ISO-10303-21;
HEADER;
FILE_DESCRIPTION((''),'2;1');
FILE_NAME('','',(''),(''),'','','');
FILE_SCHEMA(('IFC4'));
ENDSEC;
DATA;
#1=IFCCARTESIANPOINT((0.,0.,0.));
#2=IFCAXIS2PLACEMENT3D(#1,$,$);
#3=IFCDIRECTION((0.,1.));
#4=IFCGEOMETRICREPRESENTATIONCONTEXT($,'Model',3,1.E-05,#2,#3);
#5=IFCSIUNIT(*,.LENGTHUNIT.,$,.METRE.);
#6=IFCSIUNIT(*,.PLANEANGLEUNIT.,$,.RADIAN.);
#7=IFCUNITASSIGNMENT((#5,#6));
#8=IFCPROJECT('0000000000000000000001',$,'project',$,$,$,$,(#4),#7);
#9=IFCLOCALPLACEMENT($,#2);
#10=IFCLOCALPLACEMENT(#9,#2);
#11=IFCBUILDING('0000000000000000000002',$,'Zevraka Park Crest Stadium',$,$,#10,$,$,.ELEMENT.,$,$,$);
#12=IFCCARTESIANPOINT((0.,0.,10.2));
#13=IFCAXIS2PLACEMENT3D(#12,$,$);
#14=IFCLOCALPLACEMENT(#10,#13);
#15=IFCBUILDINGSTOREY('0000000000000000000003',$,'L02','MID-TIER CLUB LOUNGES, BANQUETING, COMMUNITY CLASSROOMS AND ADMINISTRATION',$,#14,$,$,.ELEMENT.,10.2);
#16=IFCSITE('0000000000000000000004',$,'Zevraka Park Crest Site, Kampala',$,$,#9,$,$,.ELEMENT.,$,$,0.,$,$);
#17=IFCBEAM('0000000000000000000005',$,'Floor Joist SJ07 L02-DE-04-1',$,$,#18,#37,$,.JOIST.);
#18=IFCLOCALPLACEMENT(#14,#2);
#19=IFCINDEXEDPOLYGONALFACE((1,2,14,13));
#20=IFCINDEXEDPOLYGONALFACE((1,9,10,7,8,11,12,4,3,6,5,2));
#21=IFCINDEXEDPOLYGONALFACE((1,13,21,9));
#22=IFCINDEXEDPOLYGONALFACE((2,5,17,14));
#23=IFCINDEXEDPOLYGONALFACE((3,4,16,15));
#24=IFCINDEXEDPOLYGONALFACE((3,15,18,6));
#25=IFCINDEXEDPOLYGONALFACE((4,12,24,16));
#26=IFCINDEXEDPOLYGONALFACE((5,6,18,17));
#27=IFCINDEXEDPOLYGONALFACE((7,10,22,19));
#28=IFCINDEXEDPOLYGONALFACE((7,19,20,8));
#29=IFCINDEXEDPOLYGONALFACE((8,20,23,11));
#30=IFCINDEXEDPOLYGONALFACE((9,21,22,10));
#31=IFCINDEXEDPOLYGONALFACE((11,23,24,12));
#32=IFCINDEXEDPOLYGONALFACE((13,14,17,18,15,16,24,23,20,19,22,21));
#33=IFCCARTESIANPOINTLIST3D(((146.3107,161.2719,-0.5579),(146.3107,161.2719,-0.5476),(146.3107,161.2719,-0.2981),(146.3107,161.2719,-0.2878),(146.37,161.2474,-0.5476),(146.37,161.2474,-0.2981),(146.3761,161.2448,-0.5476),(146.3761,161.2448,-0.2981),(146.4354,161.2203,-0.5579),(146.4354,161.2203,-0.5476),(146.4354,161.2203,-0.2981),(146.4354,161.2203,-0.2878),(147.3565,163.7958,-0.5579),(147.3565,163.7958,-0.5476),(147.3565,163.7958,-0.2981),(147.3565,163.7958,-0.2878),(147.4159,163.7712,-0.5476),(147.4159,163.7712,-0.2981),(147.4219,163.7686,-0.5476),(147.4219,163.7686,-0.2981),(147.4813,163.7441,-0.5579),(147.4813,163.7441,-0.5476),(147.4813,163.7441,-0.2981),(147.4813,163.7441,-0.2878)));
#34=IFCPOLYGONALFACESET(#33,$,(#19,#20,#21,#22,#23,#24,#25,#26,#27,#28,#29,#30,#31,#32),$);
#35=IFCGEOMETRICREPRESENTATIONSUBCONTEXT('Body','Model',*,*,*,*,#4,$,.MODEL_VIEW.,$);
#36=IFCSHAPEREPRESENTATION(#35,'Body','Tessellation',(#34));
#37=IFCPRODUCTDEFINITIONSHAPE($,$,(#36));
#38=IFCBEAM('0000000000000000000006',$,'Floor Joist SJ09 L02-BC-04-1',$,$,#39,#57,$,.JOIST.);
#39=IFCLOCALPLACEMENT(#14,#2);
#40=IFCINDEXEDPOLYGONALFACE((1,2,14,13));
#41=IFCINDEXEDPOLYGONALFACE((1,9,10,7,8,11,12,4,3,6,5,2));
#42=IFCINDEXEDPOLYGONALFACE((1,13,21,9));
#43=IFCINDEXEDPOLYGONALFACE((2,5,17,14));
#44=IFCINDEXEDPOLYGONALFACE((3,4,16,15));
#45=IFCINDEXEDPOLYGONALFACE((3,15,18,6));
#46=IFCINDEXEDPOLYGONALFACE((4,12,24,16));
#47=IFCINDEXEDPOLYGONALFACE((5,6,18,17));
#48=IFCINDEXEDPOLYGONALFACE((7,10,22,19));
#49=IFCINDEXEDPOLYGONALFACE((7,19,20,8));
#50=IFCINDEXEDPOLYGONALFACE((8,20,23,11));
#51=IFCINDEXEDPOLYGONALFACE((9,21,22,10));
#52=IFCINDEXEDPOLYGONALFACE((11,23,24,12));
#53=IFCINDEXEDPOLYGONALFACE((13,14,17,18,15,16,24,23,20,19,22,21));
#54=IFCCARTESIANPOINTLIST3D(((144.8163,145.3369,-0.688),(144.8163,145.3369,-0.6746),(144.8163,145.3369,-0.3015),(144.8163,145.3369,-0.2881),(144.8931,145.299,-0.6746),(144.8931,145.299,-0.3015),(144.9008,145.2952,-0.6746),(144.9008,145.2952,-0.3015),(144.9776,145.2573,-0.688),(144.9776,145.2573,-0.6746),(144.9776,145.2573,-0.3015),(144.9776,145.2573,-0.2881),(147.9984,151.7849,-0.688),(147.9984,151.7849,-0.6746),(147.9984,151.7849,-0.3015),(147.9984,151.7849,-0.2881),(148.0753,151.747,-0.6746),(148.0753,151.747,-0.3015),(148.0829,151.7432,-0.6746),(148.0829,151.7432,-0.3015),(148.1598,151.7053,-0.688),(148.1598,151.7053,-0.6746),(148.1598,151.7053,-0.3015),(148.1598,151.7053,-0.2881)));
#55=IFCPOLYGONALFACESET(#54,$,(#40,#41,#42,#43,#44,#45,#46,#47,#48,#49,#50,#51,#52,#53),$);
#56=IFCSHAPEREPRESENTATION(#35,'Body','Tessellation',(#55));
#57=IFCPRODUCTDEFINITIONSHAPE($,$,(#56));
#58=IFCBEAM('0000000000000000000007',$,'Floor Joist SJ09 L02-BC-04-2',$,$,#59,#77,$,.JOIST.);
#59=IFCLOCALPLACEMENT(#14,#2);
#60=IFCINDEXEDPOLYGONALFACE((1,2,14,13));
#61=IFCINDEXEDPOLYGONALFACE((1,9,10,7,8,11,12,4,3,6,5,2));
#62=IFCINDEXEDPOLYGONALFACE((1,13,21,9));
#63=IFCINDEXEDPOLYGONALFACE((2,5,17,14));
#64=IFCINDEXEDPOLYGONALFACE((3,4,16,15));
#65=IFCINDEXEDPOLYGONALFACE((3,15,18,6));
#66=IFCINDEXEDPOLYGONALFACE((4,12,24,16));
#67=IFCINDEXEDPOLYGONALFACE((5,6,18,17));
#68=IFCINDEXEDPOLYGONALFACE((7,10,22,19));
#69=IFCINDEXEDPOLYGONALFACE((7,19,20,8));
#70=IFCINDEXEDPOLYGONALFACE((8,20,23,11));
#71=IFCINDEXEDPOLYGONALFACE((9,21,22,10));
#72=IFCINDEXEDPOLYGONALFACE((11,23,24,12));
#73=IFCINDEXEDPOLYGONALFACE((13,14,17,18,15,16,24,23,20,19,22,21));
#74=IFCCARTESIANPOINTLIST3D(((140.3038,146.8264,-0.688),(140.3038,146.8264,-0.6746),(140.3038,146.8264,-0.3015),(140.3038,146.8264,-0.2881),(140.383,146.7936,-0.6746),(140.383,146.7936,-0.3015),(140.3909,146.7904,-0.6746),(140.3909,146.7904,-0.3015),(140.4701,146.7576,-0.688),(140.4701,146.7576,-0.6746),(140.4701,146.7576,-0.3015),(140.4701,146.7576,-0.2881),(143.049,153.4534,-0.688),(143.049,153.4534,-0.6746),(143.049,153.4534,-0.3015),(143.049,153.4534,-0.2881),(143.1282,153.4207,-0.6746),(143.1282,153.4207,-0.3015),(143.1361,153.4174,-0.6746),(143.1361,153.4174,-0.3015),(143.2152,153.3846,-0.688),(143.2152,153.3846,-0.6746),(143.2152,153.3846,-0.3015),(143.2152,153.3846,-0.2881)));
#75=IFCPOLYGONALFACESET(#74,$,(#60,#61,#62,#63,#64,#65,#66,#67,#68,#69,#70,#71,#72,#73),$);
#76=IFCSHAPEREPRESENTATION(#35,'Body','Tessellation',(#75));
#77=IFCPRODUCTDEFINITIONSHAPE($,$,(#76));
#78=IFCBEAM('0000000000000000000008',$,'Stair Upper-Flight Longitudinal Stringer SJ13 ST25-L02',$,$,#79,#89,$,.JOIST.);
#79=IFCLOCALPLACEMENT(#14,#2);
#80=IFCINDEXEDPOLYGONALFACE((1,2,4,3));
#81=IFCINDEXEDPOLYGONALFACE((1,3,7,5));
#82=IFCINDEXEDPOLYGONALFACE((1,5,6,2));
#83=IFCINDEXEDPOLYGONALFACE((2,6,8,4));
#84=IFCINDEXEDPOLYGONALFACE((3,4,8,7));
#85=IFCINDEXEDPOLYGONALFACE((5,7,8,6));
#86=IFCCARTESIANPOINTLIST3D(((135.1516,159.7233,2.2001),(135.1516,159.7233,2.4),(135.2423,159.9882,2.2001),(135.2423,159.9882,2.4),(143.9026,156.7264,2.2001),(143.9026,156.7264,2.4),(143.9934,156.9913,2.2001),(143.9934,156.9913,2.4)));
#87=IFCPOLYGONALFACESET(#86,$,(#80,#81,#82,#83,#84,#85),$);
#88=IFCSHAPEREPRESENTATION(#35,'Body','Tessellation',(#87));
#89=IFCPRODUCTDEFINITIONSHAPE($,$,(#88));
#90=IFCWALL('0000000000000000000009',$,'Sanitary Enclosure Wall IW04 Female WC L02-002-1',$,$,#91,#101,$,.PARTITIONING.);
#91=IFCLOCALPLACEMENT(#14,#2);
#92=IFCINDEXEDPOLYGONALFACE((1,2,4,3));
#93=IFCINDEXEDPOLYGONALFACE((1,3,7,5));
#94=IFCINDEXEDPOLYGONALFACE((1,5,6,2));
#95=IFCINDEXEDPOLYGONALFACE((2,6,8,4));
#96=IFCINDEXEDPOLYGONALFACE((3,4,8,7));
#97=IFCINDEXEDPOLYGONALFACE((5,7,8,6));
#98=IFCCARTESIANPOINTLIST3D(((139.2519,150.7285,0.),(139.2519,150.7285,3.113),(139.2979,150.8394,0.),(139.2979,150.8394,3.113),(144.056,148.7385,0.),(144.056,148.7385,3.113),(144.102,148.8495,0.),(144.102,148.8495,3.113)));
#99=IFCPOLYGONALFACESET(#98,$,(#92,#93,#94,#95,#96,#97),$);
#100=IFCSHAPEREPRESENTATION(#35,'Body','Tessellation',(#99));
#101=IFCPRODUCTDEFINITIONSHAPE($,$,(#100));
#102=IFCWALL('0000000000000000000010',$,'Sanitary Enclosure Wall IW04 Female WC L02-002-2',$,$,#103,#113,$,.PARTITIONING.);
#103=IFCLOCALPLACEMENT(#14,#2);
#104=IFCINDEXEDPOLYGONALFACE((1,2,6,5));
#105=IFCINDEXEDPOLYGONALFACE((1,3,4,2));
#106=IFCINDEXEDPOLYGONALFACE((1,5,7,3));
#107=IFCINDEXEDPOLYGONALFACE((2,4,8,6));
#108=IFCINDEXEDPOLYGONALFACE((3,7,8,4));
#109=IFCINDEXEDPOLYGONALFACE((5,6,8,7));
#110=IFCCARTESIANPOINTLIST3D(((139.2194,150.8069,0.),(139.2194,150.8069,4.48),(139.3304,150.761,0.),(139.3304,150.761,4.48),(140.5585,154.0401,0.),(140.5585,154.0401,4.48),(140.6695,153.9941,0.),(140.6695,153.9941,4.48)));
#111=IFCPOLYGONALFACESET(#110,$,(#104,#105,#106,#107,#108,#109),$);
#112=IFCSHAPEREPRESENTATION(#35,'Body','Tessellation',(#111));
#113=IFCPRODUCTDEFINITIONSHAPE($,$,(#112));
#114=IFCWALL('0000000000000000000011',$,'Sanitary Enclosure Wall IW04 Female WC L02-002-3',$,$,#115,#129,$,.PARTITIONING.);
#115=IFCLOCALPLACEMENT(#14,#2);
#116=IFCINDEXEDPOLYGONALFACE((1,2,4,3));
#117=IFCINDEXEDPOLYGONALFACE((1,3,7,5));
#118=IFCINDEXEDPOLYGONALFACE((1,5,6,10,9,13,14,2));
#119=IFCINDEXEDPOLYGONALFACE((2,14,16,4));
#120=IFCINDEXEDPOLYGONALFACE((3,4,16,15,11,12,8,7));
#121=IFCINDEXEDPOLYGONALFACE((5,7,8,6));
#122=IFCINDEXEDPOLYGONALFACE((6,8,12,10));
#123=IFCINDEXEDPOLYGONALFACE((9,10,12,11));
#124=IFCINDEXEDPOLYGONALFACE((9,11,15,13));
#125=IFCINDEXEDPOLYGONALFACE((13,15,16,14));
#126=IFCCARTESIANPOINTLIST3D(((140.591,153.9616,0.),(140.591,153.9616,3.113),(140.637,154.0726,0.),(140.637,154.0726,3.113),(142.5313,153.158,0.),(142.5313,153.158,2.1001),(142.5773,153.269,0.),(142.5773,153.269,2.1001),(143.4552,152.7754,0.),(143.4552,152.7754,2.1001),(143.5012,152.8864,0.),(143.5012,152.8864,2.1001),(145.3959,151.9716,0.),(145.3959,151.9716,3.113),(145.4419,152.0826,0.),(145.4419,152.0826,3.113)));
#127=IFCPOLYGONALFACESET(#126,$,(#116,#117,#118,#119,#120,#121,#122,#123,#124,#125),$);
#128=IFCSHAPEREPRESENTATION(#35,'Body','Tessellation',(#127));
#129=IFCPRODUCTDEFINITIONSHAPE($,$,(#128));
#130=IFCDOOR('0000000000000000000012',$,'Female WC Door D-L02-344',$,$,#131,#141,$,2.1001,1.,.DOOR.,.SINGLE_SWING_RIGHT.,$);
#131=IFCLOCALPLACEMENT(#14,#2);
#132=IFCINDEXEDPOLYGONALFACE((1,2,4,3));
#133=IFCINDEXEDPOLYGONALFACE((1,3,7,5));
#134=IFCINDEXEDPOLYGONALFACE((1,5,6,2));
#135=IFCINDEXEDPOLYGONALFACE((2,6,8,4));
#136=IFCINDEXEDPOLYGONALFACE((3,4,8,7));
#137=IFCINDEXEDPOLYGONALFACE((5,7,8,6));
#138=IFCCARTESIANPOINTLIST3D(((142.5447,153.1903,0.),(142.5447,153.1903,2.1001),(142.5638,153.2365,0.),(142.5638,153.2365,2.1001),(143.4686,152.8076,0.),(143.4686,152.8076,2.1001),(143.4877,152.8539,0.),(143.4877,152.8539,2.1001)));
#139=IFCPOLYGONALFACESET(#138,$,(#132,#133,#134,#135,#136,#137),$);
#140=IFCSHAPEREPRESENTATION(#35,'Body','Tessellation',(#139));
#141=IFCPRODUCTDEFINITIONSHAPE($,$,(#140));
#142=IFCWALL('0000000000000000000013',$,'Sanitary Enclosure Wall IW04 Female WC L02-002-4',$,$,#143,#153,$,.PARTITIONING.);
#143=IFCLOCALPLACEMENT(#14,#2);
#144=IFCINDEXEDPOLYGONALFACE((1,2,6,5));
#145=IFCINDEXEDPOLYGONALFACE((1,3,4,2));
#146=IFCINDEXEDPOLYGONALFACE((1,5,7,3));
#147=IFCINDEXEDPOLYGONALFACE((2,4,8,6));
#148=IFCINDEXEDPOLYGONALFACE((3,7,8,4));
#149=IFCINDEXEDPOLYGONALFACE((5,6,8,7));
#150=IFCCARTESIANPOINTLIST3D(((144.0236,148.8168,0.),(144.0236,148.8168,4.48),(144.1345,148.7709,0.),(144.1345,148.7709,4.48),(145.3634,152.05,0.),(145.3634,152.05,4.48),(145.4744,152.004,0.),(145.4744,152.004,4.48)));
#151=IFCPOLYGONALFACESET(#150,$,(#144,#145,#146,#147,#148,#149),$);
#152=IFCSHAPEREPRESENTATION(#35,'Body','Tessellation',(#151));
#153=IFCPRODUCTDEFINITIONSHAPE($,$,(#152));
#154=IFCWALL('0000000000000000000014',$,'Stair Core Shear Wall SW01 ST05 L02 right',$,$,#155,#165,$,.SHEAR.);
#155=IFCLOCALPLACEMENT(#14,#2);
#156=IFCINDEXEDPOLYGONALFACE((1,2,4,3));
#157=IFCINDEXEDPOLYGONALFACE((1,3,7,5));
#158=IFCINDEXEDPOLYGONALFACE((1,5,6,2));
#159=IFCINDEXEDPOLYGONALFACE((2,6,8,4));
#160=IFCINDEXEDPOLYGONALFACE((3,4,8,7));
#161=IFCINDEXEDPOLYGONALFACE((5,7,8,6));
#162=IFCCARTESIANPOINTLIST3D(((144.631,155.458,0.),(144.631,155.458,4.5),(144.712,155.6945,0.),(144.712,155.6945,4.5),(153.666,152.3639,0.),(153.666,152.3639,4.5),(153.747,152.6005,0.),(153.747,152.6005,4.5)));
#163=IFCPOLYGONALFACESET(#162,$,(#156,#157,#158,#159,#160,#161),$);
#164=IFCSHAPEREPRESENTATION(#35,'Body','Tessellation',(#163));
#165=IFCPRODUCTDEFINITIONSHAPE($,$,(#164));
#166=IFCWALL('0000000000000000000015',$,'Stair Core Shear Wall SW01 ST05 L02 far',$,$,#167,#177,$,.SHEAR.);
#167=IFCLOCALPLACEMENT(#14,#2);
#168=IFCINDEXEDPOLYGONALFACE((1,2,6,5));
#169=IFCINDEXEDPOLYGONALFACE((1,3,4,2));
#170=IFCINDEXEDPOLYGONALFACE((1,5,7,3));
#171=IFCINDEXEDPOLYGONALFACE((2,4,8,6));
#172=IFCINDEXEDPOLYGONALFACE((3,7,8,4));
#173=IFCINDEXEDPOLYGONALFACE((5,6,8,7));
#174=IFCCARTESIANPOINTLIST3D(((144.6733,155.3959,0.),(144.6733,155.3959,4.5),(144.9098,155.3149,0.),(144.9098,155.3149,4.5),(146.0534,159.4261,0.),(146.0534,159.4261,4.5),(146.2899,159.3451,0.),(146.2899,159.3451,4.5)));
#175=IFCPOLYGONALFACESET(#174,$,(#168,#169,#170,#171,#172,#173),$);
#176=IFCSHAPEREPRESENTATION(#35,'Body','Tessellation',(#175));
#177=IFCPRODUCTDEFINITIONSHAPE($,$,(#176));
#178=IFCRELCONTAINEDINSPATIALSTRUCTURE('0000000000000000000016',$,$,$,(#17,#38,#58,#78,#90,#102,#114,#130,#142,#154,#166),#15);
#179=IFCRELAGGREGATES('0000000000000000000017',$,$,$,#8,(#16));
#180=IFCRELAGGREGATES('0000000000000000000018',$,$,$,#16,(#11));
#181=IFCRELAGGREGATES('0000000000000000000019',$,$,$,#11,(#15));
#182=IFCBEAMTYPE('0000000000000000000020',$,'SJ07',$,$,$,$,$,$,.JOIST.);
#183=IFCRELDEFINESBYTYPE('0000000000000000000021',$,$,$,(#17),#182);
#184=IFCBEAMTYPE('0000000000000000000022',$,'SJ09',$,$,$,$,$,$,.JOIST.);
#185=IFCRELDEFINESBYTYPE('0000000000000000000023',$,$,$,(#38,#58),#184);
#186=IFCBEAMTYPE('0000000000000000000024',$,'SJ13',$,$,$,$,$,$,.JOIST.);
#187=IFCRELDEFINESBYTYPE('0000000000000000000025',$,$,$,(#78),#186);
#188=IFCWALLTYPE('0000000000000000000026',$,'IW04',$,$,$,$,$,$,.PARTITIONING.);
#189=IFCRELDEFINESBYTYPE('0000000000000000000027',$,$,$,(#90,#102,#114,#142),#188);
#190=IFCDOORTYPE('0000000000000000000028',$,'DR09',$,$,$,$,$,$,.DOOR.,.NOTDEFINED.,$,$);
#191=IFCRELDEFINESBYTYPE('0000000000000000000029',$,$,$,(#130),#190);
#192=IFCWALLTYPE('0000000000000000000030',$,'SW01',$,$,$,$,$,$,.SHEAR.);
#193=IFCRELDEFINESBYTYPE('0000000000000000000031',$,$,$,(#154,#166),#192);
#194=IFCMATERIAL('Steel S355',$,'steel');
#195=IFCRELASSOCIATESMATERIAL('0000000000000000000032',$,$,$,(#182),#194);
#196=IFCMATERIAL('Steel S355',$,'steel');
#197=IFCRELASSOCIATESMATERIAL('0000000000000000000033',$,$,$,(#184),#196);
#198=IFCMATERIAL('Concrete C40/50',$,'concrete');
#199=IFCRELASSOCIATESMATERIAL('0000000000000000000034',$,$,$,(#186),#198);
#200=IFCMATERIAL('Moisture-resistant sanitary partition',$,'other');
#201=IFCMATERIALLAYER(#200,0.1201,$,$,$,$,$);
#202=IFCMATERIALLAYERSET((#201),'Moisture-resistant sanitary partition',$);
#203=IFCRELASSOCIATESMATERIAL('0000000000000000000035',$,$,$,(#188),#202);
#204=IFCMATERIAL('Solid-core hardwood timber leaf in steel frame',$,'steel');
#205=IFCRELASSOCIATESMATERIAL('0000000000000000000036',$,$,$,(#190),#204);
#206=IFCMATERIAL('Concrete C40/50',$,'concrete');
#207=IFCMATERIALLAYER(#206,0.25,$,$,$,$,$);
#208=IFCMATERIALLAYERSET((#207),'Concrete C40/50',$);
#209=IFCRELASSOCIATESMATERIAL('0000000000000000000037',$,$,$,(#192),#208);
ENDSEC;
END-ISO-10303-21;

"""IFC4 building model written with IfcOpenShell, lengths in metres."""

from ifc_helpers import new_model, si_unit, direction, frame, frame_2d, origin, origin_2d, place, context, subcontext, project, spatial, rectangle, i_section, extrude, material, layer, layer_set, material_profile, profile_set, type_object, element, fill, save


model = new_model("IFC4")

# Units and contexts
model_context = context("Model", 3, precision=1e-05, world=origin(), true_north=direction((0.0, 1.0)))
body_context = subcontext(model_context, "Body", "Model", "MODEL_VIEW")
ifc_project = project(units=[si_unit("LENGTHUNIT", "METRE"), si_unit("PLANEANGLEUNIT", "RADIAN")], contexts=[model_context])

# Site, building, storey
site_placement = place(None, origin())
site = spatial("IfcSite", under=ifc_project, at=site_placement, Name="Zevraka Park Crest Site, Kampala", CompositionType="ELEMENT", RefElevation=0.0)
building_placement = place(site_placement, origin())
building = spatial("IfcBuilding", under=site, at=building_placement, Name="Zevraka Park Crest Stadium", CompositionType="ELEMENT")
storey_placement = place(building_placement, frame((0.0, 0.0, 10.2)))
storey = spatial("IfcBuildingStorey", under=building, at=storey_placement, Name="L02", Description="MID-TIER CLUB LOUNGES, BANQUETING, COMMUNITY CLASSROOMS AND ADMINISTRATION", CompositionType="ELEMENT", Elevation=10.2)

# Beams
ifc_material_1 = material(Name="Steel S355", Category="steel")
ifc_material_profile_1 = material_profile(ifc_material_1, i_section(OverallWidth=0.135, OverallDepth=0.27, WebThickness=0.0066, FlangeThickness=0.0103, at=origin_2d()), Name="IPE 270")
ifc_profile_set_1 = profile_set([ifc_material_profile_1], Name="Steel S355")
beam_type_1 = type_object("IfcBeamType", Name="SJ07", PredefinedType="JOIST", material=ifc_profile_set_1)
beam_1_placement = place(storey_placement, frame((146.373, 161.2461, -0.4229), z_axis=(0.382825, 0.923821, 0.0), x_axis=(-0.923821, 0.382825, 0.0)))
element("IfcBeam", 1, at=beam_1_placement, inside=storey, type_object=beam_type_1, Name="Floor Joist SJ07 L02-DE-04-1", PredefinedType="JOIST", context=body_context, shape_type="SweptSolid", body=[
    extrude(i_section(OverallWidth=0.135, OverallDepth=0.27, WebThickness=0.0066, FlangeThickness=0.0103, at=origin_2d()), origin(), (0.0, 0.0, 1.0), 2.7319),
])
ifc_material_2 = material(Name="Steel S355", Category="steel")
ifc_material_profile_2 = material_profile(ifc_material_2, i_section(OverallWidth=0.1799, OverallDepth=0.3999, WebThickness=0.0085, FlangeThickness=0.0134, at=origin_2d()), Name="IPE 400")
ifc_profile_set_2 = profile_set([ifc_material_profile_2], Name="Steel S355")
beam_type_2 = type_object("IfcBeamType", Name="SJ09", PredefinedType="JOIST", material=ifc_profile_set_2)
beam_2_placement = place(storey_placement, frame((144.897, 145.2971, -0.488), z_axis=(0.442549, 0.896744, 0.0), x_axis=(-0.896744, 0.442549, 0.0)))
element("IfcBeam", 2, at=beam_2_placement, inside=storey, type_object=beam_type_2, Name="Floor Joist SJ09 L02-BC-04-1", PredefinedType="JOIST", context=body_context, shape_type="SweptSolid", body=[
    extrude(i_section(OverallWidth=0.1799, OverallDepth=0.3999, WebThickness=0.0085, FlangeThickness=0.0134, at=origin_2d()), origin(), (0.0, 0.0, 1.0), 7.1904),
])
beam_3_placement = place(storey_placement, frame((140.387, 146.792, -0.488), z_axis=(0.3827, 0.923872, 0.0), x_axis=(-0.923872, 0.3827, 0.0)))
element("IfcBeam", 3, at=beam_3_placement, inside=storey, type_object=beam_type_2, Name="Floor Joist SJ09 L02-BC-04-2", PredefinedType="JOIST", context=body_context, shape_type="SweptSolid", body=[
    extrude(i_section(OverallWidth=0.1799, OverallDepth=0.3999, WebThickness=0.0085, FlangeThickness=0.0134, at=origin_2d()), origin(), (0.0, 0.0, 1.0), 7.1731),
])
ifc_material_3 = material(Name="Concrete C40/50", Category="concrete")
ifc_material_profile_3 = material_profile(ifc_material_3, rectangle(XDim=0.28, YDim=0.2, at=origin_2d()), Name="RC 200x280")
ifc_profile_set_3 = profile_set([ifc_material_profile_3], Name="Concrete C40/50")
beam_type_3 = type_object("IfcBeamType", Name="SJ13", PredefinedType="JOIST", material=ifc_profile_set_3)
beam_4_placement = place(storey_placement, frame((143.948, 156.8589, 2.3), z_axis=(-0.946062, 0.323985, 0.0), x_axis=(-0.323985, -0.946062, 0.0)))
element("IfcBeam", 4, at=beam_4_placement, inside=storey, type_object=beam_type_3, Name="Stair Upper-Flight Longitudinal Stringer SJ13 ST25-L02", PredefinedType="JOIST", context=body_context, shape_type="SweptSolid", body=[
    extrude(rectangle(XDim=0.28, YDim=0.2, at=origin_2d()), origin(), (0.0, 0.0, 1.0), 9.25),
])

# Walls
ifc_material_4 = material(Name="Moisture-resistant sanitary partition", Category="other")
ifc_layer_1 = layer(ifc_material_4, 0.1201)
ifc_layer_set_1 = layer_set([ifc_layer_1], Name="Moisture-resistant sanitary partition")
wall_type_1 = type_object("IfcWallType", Name="IW04", PredefinedType="PARTITIONING", material=ifc_layer_set_1)
wall_1_placement = place(storey_placement, frame((144.0791, 148.7939, 0.0), z_axis=(0.0, 0.0, 1.0), x_axis=(-0.923878, 0.382688, 0.0)))
element("IfcWall", 5, at=wall_1_placement, inside=storey, type_object=wall_type_1, Name="Sanitary Enclosure Wall IW04 Female WC L02-002-1", PredefinedType="PARTITIONING", context=body_context, shape_type="SweptSolid", body=[
    extrude(rectangle(XDim=5.2, YDim=0.1201, at=frame_2d((2.6001, 0.0))), origin(), (0.0, 0.0, 1.0), 3.113),
])
wall_2_placement = place(storey_placement, frame((139.2749, 150.7839, 0.0), z_axis=(0.0, 0.0, 1.0), x_axis=(0.382658, 0.92389, 0.0)))
element("IfcWall", 6, at=wall_2_placement, inside=storey, type_object=wall_type_1, Name="Sanitary Enclosure Wall IW04 Female WC L02-002-2", PredefinedType="PARTITIONING", context=body_context, shape_type="SweptSolid", body=[
    extrude(rectangle(XDim=3.4995, YDim=0.1201, at=frame_2d((1.7498, 0.0))), origin(), (0.0, 0.0, 1.0), 4.48),
])

# Wall, opening, door
wall_3_placement = place(storey_placement, frame((140.614, 154.0171, 0.0), z_axis=(0.0, 0.0, 1.0), x_axis=(0.923898, -0.382638, 0.0)))
wall_3 = element("IfcWall", 7, at=wall_3_placement, inside=storey, type_object=wall_type_1, Name="Sanitary Enclosure Wall IW04 Female WC L02-002-3", PredefinedType="PARTITIONING", context=body_context, shape_type="SweptSolid", body=[
    extrude(rectangle(XDim=5.2007, YDim=0.1201, at=frame_2d((2.6003, 0.0))), origin(), (0.0, 0.0, 1.0), 3.113),
])
opening_1_placement = place(wall_3_placement, frame((2.1001, 0.0, 0.0)))
opening_1 = element("IfcOpeningElement", 8, at=opening_1_placement, cuts=wall_3, PredefinedType="OPENING", context=body_context, shape_type="SweptSolid", body=[
    extrude(rectangle(XDim=1.0, YDim=2.1001, at=frame_2d((0.5, 1.05))), frame((0.0, 0.0701, 0.0), z_axis=(0.0, -1.0, 0.0), x_axis=(1.0, 0.0, 0.0)), (0.0, 0.0, 1.0), 0.1401),
])
ifc_material_5 = material(Name="Solid-core hardwood timber leaf in steel frame", Category="steel")
door_type_1 = type_object("IfcDoorType", Name="DR09", OperationType="NOTDEFINED", PredefinedType="DOOR", material=ifc_material_5)
door_1_placement = place(opening_1_placement, origin())
door_1 = element("IfcDoor", 9, at=door_1_placement, inside=storey, type_object=door_type_1, Name="Female WC Door D-L02-344", OperationType="SINGLE_SWING_RIGHT", OverallHeight=2.1001, OverallWidth=1.0, PredefinedType="DOOR", context=body_context, shape_type="SweptSolid", body=[
    extrude(rectangle(XDim=1.0, YDim=2.1001, at=frame_2d((0.5, 1.05))), frame((0.0, 0.0249, 0.0), z_axis=(0.0, -1.0, 0.0), x_axis=(1.0, 0.0, 0.0)), (0.0, 0.0, 1.0), 0.05),
])
fill(opening_1, door_1)

# Walls
wall_4_placement = place(storey_placement, frame((145.4189, 152.0271, 0.0), z_axis=(0.0, 0.0, 1.0), x_axis=(-0.382836, -0.923816, 0.0)))
element("IfcWall", 10, at=wall_4_placement, inside=storey, type_object=wall_type_1, Name="Sanitary Enclosure Wall IW04 Female WC L02-002-4", PredefinedType="PARTITIONING", context=body_context, shape_type="SweptSolid", body=[
    extrude(rectangle(XDim=3.4998, YDim=0.1201, at=frame_2d((1.75, 0.0))), origin(), (0.0, 0.0, 1.0), 4.48),
])
ifc_material_6 = material(Name="Concrete C40/50", Category="concrete")
ifc_layer_2 = layer(ifc_material_6, 0.25)
ifc_layer_set_2 = layer_set([ifc_layer_2], Name="Concrete C40/50")
wall_type_2 = type_object("IfcWallType", Name="SW01", PredefinedType="SHEAR", material=ifc_layer_set_2)
wall_5_placement = place(storey_placement, frame((144.6716, 155.5762, 0.0), z_axis=(0.0, 0.0, 1.0), x_axis=(0.946064, -0.323979, 0.0)))
element("IfcWall", 11, at=wall_5_placement, inside=storey, type_object=wall_type_2, Name="Stair Core Shear Wall SW01 ST05 L02 right", PredefinedType="SHEAR", context=body_context, shape_type="SweptSolid", body=[
    extrude(rectangle(XDim=9.55, YDim=0.25, at=frame_2d((4.7749, 0.0))), origin(), (0.0, 0.0, 1.0), 4.5),
])
wall_6_placement = place(storey_placement, frame((146.1716, 159.3855, 0.0), z_axis=(0.0, 0.0, 1.0), x_axis=(-0.323971, -0.946067, 0.0)))
element("IfcWall", 12, at=wall_6_placement, inside=storey, type_object=wall_type_2, Name="Stair Core Shear Wall SW01 ST05 L02 far", PredefinedType="SHEAR", context=body_context, shape_type="SweptSolid", body=[
    extrude(rectangle(XDim=4.26, YDim=0.25, at=frame_2d((2.1299, 0.0))), origin(), (0.0, 0.0, 1.0), 4.5),
])

save(model, "model.ifc")
